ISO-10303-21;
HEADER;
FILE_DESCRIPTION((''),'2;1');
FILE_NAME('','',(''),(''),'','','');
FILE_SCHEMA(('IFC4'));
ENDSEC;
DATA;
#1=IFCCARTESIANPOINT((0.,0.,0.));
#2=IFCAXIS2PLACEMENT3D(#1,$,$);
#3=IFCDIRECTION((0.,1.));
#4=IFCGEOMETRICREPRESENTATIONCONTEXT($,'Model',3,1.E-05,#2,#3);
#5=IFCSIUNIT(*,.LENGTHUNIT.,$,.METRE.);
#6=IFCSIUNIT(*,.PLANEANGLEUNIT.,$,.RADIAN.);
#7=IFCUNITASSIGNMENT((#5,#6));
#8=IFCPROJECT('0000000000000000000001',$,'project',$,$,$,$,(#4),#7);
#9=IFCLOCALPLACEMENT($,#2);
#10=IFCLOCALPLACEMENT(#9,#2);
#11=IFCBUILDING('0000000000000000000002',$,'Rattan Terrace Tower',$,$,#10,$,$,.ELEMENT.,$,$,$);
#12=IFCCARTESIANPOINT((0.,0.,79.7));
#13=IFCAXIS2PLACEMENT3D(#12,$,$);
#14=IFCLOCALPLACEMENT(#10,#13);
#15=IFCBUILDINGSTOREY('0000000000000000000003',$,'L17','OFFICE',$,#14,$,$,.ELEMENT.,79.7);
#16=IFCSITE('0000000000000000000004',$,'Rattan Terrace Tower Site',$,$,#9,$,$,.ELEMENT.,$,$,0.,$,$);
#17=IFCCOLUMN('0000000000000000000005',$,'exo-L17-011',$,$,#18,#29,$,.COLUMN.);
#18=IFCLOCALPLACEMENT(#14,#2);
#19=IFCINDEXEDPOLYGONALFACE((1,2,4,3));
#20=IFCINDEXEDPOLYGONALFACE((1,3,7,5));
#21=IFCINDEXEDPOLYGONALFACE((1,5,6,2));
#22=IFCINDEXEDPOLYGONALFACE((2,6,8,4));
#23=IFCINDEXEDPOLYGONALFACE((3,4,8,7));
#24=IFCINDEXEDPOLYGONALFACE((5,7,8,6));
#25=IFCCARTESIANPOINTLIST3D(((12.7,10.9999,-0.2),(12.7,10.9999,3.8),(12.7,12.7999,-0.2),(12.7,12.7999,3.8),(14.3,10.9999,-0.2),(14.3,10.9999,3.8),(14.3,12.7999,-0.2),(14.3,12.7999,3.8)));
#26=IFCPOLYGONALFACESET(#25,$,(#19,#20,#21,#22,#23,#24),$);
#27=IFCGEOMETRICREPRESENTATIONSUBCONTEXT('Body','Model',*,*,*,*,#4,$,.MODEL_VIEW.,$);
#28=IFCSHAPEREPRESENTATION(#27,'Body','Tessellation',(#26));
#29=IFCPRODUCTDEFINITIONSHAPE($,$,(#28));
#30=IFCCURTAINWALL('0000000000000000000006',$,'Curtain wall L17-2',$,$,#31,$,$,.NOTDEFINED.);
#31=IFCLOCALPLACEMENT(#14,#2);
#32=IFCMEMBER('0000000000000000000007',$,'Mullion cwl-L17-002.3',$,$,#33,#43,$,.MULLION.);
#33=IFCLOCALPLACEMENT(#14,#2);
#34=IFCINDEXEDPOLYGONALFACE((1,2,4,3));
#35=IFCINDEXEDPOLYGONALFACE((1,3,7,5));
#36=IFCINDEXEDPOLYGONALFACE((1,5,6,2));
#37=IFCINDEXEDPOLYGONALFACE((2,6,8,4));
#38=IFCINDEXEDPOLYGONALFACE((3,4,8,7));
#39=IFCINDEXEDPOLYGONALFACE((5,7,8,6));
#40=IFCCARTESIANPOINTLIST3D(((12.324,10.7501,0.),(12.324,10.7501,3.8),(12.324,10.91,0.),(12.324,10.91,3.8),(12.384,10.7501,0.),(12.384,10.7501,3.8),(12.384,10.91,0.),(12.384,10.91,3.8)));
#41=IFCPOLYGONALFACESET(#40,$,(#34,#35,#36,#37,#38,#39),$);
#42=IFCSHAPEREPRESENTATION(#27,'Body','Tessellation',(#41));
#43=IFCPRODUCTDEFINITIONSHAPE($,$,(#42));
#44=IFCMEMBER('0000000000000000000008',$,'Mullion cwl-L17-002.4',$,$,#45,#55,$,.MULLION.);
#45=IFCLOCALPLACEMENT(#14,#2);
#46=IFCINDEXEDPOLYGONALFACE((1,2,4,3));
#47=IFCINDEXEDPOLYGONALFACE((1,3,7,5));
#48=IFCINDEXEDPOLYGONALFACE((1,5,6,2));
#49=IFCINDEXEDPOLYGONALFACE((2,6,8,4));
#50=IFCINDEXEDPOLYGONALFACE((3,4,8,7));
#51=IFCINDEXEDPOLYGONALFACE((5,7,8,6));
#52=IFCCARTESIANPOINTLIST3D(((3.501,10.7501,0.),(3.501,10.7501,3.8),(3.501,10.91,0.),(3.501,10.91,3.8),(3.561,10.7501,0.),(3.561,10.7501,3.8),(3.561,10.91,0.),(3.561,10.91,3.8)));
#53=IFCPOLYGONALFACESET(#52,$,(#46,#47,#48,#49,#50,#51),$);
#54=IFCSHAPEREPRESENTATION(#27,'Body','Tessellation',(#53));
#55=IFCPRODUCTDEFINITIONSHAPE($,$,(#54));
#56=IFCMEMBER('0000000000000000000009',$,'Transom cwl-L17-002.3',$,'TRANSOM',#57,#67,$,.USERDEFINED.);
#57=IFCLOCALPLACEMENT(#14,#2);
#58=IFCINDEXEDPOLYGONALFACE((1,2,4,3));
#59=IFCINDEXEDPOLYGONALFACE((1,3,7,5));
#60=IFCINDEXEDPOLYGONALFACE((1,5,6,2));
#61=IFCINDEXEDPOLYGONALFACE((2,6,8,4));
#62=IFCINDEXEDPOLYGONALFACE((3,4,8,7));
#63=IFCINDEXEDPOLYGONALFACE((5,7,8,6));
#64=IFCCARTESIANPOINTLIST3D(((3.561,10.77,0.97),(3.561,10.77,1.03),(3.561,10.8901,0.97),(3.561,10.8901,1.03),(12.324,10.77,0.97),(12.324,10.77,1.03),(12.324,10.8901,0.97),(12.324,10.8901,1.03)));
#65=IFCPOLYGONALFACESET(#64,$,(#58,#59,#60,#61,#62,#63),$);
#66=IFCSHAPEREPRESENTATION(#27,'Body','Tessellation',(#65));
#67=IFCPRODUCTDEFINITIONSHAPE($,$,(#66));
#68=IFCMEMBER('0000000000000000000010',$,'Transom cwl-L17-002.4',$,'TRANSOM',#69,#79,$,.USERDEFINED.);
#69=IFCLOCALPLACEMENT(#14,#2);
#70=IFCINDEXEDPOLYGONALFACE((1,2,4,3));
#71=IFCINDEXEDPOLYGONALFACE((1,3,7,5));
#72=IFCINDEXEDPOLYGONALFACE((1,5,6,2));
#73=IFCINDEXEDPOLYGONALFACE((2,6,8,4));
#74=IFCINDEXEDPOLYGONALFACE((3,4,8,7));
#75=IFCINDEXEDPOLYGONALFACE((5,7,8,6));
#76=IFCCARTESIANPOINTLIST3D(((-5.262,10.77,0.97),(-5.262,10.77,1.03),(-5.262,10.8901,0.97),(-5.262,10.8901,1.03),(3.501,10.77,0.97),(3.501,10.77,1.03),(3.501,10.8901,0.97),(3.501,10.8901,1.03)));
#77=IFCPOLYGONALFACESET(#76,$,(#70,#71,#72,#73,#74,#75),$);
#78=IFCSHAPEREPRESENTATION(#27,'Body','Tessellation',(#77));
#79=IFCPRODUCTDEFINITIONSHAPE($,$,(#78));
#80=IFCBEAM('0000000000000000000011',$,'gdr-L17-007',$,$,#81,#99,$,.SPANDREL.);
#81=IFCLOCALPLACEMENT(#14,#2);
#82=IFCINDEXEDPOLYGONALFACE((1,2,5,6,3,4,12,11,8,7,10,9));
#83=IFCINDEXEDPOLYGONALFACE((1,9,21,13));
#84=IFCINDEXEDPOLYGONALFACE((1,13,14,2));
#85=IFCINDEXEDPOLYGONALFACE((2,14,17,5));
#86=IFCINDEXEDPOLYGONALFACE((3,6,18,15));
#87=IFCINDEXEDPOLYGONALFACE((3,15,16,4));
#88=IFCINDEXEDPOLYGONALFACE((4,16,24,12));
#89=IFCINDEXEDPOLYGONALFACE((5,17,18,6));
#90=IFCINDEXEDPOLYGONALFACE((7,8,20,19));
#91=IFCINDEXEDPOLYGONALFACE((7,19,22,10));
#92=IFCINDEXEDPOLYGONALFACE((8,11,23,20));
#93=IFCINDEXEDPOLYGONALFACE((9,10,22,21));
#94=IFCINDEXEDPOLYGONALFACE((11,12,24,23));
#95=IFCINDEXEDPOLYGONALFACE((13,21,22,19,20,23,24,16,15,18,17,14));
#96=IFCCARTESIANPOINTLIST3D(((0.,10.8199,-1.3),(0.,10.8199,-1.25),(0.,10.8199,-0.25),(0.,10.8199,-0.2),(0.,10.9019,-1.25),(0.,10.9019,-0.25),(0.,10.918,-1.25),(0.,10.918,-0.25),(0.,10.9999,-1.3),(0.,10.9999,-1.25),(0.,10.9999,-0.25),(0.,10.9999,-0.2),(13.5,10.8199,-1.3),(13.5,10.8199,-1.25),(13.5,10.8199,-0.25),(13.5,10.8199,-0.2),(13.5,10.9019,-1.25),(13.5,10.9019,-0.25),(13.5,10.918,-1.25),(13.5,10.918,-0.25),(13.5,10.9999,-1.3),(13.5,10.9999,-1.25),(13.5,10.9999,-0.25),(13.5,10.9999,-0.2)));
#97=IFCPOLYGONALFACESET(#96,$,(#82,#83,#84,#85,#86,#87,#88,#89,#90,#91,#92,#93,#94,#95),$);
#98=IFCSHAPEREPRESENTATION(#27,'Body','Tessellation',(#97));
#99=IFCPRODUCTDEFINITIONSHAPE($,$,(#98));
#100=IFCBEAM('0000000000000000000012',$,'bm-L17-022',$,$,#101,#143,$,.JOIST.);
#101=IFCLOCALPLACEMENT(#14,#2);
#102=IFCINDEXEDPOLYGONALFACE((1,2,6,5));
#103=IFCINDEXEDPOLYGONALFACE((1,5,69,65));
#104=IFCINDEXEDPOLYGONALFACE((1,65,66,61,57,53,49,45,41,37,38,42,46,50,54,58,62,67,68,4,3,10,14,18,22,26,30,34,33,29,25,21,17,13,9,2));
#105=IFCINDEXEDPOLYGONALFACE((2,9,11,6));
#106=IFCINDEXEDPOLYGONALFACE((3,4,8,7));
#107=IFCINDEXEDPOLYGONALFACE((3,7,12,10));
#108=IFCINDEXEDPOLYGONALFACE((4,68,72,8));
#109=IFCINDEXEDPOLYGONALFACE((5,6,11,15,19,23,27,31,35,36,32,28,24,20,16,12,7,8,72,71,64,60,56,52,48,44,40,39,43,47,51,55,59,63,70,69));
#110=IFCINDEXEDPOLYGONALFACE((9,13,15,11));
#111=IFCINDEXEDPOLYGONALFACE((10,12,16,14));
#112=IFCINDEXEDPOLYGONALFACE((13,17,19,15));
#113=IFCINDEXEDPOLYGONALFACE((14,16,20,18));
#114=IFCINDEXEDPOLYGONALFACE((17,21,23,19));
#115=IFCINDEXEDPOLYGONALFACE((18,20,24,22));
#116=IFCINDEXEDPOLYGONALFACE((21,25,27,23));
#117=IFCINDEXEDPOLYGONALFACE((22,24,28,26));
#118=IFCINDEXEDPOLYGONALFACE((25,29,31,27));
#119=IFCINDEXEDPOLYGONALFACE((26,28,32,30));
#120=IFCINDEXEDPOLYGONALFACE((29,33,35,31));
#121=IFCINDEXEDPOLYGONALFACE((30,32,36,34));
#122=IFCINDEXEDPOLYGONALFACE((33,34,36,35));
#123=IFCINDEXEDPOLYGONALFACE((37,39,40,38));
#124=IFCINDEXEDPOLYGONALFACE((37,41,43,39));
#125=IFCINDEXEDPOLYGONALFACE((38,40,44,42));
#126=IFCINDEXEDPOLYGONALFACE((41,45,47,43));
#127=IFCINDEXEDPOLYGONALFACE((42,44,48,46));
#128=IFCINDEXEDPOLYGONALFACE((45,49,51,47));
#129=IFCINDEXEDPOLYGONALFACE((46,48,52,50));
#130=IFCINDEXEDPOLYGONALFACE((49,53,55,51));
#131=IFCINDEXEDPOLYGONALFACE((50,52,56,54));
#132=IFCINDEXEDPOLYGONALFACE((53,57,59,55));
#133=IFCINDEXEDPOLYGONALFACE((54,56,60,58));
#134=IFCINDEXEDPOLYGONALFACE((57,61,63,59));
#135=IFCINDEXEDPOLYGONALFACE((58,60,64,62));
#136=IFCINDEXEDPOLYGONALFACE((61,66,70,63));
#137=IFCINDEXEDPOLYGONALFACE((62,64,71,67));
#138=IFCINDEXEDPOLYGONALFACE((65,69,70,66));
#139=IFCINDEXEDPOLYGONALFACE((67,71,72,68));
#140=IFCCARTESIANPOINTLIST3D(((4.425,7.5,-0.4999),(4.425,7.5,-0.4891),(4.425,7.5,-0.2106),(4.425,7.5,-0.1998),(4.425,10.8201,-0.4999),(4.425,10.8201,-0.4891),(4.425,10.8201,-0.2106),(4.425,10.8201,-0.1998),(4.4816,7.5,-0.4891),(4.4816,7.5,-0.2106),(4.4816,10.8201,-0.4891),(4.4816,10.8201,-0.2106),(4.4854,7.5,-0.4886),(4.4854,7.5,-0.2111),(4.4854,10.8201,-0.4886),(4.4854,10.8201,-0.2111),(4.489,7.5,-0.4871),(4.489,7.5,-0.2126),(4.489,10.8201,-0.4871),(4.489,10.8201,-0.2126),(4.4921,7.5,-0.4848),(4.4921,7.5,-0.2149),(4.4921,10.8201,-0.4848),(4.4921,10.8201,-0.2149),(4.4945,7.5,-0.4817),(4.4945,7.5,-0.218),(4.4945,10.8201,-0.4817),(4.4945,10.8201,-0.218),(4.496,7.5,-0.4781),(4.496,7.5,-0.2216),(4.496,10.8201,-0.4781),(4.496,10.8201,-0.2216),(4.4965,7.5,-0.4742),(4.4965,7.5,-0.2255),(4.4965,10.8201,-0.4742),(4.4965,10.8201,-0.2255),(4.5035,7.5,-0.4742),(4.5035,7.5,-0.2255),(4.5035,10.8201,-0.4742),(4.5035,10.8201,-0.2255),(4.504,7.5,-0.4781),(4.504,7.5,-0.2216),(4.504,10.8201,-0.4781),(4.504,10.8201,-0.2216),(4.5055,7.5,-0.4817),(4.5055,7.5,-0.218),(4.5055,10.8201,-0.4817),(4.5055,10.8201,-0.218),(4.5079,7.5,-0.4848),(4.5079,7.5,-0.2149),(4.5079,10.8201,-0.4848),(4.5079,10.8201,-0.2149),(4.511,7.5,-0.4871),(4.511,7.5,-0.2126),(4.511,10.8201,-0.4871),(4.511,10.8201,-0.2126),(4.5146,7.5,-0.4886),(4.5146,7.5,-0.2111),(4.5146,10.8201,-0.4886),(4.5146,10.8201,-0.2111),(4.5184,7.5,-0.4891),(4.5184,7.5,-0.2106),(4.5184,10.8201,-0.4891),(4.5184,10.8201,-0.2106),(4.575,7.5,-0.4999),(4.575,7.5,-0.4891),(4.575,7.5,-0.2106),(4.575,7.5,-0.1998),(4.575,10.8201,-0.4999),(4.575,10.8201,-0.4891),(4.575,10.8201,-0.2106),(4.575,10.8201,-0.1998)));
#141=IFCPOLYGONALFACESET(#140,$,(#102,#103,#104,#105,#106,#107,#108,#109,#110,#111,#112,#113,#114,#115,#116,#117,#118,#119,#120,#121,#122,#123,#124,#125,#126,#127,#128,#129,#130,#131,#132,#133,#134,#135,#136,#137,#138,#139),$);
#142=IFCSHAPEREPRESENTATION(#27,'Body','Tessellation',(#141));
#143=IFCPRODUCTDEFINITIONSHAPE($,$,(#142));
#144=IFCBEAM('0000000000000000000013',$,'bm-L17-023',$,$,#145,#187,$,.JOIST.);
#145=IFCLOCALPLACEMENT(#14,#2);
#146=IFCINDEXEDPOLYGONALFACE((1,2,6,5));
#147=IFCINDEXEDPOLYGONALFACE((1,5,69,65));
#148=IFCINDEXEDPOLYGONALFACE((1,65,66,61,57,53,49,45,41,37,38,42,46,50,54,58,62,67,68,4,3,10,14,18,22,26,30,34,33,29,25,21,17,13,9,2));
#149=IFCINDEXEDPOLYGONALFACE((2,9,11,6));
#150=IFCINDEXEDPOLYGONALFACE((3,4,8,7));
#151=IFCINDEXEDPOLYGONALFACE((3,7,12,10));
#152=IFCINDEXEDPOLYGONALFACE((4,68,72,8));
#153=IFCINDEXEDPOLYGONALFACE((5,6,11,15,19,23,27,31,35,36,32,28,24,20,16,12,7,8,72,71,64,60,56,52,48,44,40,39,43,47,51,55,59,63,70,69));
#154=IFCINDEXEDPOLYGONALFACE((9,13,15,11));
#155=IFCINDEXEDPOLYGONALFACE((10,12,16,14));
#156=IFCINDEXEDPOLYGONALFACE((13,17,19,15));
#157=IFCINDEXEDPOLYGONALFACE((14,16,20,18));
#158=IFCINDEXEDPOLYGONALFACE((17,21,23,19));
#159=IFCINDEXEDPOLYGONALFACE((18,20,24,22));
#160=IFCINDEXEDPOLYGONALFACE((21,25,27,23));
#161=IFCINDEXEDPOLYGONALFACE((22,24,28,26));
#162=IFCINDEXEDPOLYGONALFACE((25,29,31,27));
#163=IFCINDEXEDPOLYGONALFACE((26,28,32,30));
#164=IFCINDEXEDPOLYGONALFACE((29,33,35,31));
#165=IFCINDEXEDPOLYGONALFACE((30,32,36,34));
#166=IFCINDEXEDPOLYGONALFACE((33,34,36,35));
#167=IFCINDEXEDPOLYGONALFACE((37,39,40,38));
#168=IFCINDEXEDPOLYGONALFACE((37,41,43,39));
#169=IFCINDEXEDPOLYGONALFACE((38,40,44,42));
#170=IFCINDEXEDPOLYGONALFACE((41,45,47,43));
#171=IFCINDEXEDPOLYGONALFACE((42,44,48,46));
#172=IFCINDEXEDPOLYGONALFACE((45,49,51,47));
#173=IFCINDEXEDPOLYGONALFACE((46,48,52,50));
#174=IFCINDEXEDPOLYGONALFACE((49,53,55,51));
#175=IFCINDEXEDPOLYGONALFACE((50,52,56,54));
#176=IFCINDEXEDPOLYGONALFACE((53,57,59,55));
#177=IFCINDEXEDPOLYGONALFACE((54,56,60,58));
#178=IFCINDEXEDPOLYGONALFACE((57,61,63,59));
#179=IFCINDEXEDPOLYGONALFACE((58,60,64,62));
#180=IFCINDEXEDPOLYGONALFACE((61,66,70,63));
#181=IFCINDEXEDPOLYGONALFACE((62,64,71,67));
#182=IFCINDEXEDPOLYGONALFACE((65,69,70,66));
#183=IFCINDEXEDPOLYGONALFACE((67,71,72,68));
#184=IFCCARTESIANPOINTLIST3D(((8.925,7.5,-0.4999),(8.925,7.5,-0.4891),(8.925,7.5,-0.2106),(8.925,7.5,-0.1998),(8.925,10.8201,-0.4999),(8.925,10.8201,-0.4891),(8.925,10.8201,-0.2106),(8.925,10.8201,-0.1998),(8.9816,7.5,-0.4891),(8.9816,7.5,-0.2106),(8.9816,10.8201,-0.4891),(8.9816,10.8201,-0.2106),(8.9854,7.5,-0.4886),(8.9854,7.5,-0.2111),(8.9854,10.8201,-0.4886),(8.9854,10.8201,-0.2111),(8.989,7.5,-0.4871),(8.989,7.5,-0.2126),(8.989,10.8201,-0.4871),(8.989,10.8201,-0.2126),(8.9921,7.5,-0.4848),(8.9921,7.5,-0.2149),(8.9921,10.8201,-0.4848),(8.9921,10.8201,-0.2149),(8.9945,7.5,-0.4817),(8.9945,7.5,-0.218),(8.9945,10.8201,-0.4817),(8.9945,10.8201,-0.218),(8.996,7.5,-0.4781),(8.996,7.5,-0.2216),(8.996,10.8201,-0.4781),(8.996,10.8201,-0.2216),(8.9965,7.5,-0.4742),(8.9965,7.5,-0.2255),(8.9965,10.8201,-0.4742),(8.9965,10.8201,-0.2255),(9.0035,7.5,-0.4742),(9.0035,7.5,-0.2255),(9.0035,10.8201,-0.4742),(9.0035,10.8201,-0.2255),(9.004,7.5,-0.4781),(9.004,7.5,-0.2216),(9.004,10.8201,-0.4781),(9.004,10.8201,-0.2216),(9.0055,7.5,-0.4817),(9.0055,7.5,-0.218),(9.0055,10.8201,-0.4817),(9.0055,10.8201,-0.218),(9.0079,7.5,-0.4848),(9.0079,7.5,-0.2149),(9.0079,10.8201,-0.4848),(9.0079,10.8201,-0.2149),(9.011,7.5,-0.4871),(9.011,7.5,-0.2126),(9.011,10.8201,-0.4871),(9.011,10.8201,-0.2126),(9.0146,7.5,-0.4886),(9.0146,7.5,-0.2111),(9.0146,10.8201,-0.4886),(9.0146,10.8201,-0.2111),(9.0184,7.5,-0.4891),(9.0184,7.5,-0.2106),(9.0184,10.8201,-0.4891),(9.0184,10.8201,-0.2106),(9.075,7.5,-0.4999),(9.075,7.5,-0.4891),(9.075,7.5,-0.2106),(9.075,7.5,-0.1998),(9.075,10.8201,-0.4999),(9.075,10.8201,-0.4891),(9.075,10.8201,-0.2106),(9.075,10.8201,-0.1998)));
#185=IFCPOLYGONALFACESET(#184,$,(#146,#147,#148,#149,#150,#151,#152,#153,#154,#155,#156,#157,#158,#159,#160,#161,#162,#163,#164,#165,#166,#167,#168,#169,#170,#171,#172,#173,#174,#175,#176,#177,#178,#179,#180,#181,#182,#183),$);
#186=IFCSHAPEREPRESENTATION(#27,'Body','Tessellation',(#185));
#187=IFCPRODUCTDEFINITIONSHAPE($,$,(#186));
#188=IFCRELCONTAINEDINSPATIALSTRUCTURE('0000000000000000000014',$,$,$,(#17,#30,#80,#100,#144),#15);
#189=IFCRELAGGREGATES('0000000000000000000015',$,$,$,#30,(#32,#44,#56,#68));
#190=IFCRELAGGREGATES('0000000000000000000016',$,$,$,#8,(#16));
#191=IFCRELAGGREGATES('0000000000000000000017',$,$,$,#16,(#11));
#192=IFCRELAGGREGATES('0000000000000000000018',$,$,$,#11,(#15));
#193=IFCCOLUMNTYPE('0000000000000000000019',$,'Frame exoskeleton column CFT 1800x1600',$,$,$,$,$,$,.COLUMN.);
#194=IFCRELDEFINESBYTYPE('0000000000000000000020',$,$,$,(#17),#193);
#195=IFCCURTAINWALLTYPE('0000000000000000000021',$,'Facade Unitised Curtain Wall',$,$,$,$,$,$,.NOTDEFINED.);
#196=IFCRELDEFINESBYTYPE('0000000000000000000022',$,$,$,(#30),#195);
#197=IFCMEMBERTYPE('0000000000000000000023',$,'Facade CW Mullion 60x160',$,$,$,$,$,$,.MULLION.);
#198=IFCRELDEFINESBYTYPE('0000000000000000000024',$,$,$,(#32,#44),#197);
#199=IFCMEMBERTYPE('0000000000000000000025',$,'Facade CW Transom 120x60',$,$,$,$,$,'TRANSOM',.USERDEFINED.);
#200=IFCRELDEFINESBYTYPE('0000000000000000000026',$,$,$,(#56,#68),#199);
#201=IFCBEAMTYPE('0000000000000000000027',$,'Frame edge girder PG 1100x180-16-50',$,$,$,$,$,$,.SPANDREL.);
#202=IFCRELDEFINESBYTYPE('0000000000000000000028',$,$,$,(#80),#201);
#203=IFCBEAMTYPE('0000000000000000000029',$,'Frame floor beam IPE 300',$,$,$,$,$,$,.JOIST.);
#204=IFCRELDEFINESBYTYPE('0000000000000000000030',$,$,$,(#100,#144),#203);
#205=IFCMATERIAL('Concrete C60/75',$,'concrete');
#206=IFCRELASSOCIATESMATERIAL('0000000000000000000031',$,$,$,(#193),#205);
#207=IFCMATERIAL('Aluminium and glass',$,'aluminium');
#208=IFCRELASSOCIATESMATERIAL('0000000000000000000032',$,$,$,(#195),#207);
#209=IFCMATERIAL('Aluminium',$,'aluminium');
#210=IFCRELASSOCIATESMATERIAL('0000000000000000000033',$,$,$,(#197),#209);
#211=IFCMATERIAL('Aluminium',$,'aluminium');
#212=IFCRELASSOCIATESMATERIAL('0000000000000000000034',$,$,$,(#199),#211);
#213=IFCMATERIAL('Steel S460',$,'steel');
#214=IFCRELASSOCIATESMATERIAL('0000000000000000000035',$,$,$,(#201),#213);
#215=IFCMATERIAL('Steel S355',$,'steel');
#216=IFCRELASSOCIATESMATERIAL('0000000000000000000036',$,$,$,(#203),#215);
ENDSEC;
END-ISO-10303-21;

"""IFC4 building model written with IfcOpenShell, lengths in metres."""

from ifc_helpers import new_model, si_unit, direction, frame, origin, origin_2d, place, context, subcontext, project, spatial, rectangle, i_section, extrude, material, material_profile, profile_set, type_object, element, aggregate, save


model = new_model("IFC4")

# Units and contexts
model_context = context("Model", 3, precision=1e-05, world=origin(), true_north=direction((0.0, 1.0)))
body_context = subcontext(model_context, "Body", "Model", "MODEL_VIEW")
ifc_project = project(units=[si_unit("LENGTHUNIT", "METRE"), si_unit("PLANEANGLEUNIT", "RADIAN")], contexts=[model_context])

# Site, building, storey
site_placement = place(None, origin())
site = spatial("IfcSite", under=ifc_project, at=site_placement, Name="Rattan Terrace Tower Site", CompositionType="ELEMENT", RefElevation=0.0)
building_placement = place(site_placement, origin())
building = spatial("IfcBuilding", under=site, at=building_placement, Name="Rattan Terrace Tower", CompositionType="ELEMENT")
storey_placement = place(building_placement, frame((0.0, 0.0, 79.7)))
storey = spatial("IfcBuildingStorey", under=building, at=storey_placement, Name="L17", Description="OFFICE", CompositionType="ELEMENT", Elevation=79.7)

# Column
ifc_material_1 = material(Name="Concrete C60/75", Category="concrete")
ifc_material_profile_1 = material_profile(ifc_material_1, rectangle(XDim=1.6001, YDim=1.8, at=origin_2d()), Name="CFT 1800x1600")
ifc_profile_set_1 = profile_set([ifc_material_profile_1], Name="Concrete C60/75")
column_type = type_object("IfcColumnType", Name="Frame exoskeleton column CFT 1800x1600", PredefinedType="COLUMN", material=ifc_profile_set_1)
column_placement = place(storey_placement, frame((13.5, 11.8999, -0.2), z_axis=(0.0, 0.0, 1.0), x_axis=(1.0, 0.0, 0.0)))
element("IfcColumn", 1, at=column_placement, inside=storey, type_object=column_type, Name="exo-L17-011", PredefinedType="COLUMN", context=body_context, shape_type="SweptSolid", body=[
    extrude(rectangle(XDim=1.6001, YDim=1.8, at=origin_2d()), origin(), (0.0, 0.0, 1.0), 4.0),
])

# Curtain wall, members
ifc_material_2 = material(Name="Aluminium and glass", Category="aluminium")
curtain_wall_type = type_object("IfcCurtainWallType", Name="Facade Unitised Curtain Wall", PredefinedType="NOTDEFINED", material=ifc_material_2)
curtain_wall_placement = place(storey_placement, origin())
curtain_wall = element("IfcCurtainWall", 2, at=curtain_wall_placement, inside=storey, type_object=curtain_wall_type, Name="Curtain wall L17-2", PredefinedType="NOTDEFINED")
ifc_material_3 = material(Name="Aluminium", Category="aluminium")
ifc_material_profile_2 = material_profile(ifc_material_3, rectangle(XDim=0.0601, YDim=0.1599, at=origin_2d()), Name="Aluminium 60x160")
ifc_profile_set_2 = profile_set([ifc_material_profile_2], Name="Aluminium")
member_type_1 = type_object("IfcMemberType", Name="Facade CW Mullion 60x160", PredefinedType="MULLION", material=ifc_profile_set_2)
member_1_placement = place(storey_placement, frame((12.354, 10.8301, 0.0), z_axis=(0.0, 0.0, 1.0), x_axis=(-1.0, 0.0, 0.0)))
member_1 = element("IfcMember", 3, at=member_1_placement, type_object=member_type_1, Name="Mullion cwl-L17-002.3", PredefinedType="MULLION", context=body_context, shape_type="SweptSolid", body=[
    extrude(rectangle(XDim=0.0601, YDim=0.1599, at=origin_2d()), origin(), (0.0, 0.0, 1.0), 3.8),
])
member_2_placement = place(storey_placement, frame((3.531, 10.8301, 0.0), z_axis=(0.0, 0.0, 1.0), x_axis=(-1.0, 0.0, 0.0)))
member_2 = element("IfcMember", 4, at=member_2_placement, type_object=member_type_1, Name="Mullion cwl-L17-002.4", PredefinedType="MULLION", context=body_context, shape_type="SweptSolid", body=[
    extrude(rectangle(XDim=0.0601, YDim=0.1599, at=origin_2d()), origin(), (0.0, 0.0, 1.0), 3.8),
])
ifc_material_4 = material(Name="Aluminium", Category="aluminium")
ifc_material_profile_3 = material_profile(ifc_material_4, rectangle(XDim=0.1201, YDim=0.0601, at=origin_2d()), Name="Aluminium 120x60")
ifc_profile_set_3 = profile_set([ifc_material_profile_3], Name="Aluminium")
member_type_2 = type_object("IfcMemberType", Name="Facade CW Transom 120x60", ElementType="TRANSOM", PredefinedType="USERDEFINED", material=ifc_profile_set_3)
member_3_placement = place(storey_placement, frame((12.324, 10.8301, 1.0), z_axis=(-1.0, 0.0, 0.0), x_axis=(0.0, -1.0, 0.0)))
member_3 = element("IfcMember", 5, at=member_3_placement, type_object=member_type_2, Name="Transom cwl-L17-002.3", ObjectType="TRANSOM", PredefinedType="USERDEFINED", context=body_context, shape_type="SweptSolid", body=[
    extrude(rectangle(XDim=0.1201, YDim=0.0601, at=origin_2d()), origin(), (0.0, 0.0, 1.0), 8.7629),
])
member_4_placement = place(storey_placement, frame((3.501, 10.8301, 1.0), z_axis=(-1.0, 0.0, 0.0), x_axis=(0.0, -1.0, 0.0)))
member_4 = element("IfcMember", 6, at=member_4_placement, type_object=member_type_2, Name="Transom cwl-L17-002.4", ObjectType="TRANSOM", PredefinedType="USERDEFINED", context=body_context, shape_type="SweptSolid", body=[
    extrude(rectangle(XDim=0.1201, YDim=0.0601, at=origin_2d()), origin(), (0.0, 0.0, 1.0), 8.7629),
])

# Beams
ifc_material_5 = material(Name="Steel S460", Category="steel")
ifc_material_profile_4 = material_profile(ifc_material_5, i_section(OverallWidth=0.1799, OverallDepth=1.1001, WebThickness=0.0161, FlangeThickness=0.05, at=origin_2d()), Name="PG 1100x180-16-50")
ifc_profile_set_4 = profile_set([ifc_material_profile_4], Name="Steel S460")
beam_type_1 = type_object("IfcBeamType", Name="Frame edge girder PG 1100x180-16-50", PredefinedType="SPANDREL", material=ifc_profile_set_4)
beam_placement = place(storey_placement, frame((13.5, 10.9099, -0.75), z_axis=(-1.0, 0.0, 0.0), x_axis=(0.0, -1.0, 0.0)))
element("IfcBeam", 7, at=beam_placement, inside=storey, type_object=beam_type_1, Name="gdr-L17-007", PredefinedType="SPANDREL", context=body_context, shape_type="SweptSolid", body=[
    extrude(i_section(OverallWidth=0.1799, OverallDepth=1.1001, WebThickness=0.0161, FlangeThickness=0.05, at=origin_2d()), origin(), (0.0, 0.0, 1.0), 13.5),
])
ifc_material_6 = material(Name="Steel S355", Category="steel")
ifc_material_profile_5 = material_profile(ifc_material_6, i_section(OverallWidth=0.1499, OverallDepth=0.3, WebThickness=0.0071, FlangeThickness=0.0107, FilletRadius=0.0149, at=origin_2d()), Name="IPE 300")
ifc_profile_set_5 = profile_set([ifc_material_profile_5], Name="Steel S355")
beam_type_2 = type_object("IfcBeamType", Name="Frame floor beam IPE 300", PredefinedType="JOIST", material=ifc_profile_set_5)
for number, where, z_axis, x_axis, name in (
    (8, (4.5, 7.5, -0.3499), (0.0, 1.0, 0.0), (-1.0, 0.0, 0.0), "bm-L17-022"),
    (9, (9.0, 7.5, -0.3499), (0.0, 1.0, 0.0), (-1.0, 0.0, 0.0), "bm-L17-023"),
):
    element("IfcBeam", number, at=place(storey_placement, frame(where, z_axis=z_axis, x_axis=x_axis)), inside=storey, type_object=beam_type_2, Name=name, PredefinedType="JOIST", context=body_context, shape_type="SweptSolid", body=[
        extrude(i_section(OverallWidth=0.1499, OverallDepth=0.3, WebThickness=0.0071, FlangeThickness=0.0107, FilletRadius=0.0149, at=origin_2d()), origin(), (0.0, 0.0, 1.0), 3.3201),
    ])

aggregate(curtain_wall, [member_1, member_2, member_3, member_4])

save(model, "model.ifc")
